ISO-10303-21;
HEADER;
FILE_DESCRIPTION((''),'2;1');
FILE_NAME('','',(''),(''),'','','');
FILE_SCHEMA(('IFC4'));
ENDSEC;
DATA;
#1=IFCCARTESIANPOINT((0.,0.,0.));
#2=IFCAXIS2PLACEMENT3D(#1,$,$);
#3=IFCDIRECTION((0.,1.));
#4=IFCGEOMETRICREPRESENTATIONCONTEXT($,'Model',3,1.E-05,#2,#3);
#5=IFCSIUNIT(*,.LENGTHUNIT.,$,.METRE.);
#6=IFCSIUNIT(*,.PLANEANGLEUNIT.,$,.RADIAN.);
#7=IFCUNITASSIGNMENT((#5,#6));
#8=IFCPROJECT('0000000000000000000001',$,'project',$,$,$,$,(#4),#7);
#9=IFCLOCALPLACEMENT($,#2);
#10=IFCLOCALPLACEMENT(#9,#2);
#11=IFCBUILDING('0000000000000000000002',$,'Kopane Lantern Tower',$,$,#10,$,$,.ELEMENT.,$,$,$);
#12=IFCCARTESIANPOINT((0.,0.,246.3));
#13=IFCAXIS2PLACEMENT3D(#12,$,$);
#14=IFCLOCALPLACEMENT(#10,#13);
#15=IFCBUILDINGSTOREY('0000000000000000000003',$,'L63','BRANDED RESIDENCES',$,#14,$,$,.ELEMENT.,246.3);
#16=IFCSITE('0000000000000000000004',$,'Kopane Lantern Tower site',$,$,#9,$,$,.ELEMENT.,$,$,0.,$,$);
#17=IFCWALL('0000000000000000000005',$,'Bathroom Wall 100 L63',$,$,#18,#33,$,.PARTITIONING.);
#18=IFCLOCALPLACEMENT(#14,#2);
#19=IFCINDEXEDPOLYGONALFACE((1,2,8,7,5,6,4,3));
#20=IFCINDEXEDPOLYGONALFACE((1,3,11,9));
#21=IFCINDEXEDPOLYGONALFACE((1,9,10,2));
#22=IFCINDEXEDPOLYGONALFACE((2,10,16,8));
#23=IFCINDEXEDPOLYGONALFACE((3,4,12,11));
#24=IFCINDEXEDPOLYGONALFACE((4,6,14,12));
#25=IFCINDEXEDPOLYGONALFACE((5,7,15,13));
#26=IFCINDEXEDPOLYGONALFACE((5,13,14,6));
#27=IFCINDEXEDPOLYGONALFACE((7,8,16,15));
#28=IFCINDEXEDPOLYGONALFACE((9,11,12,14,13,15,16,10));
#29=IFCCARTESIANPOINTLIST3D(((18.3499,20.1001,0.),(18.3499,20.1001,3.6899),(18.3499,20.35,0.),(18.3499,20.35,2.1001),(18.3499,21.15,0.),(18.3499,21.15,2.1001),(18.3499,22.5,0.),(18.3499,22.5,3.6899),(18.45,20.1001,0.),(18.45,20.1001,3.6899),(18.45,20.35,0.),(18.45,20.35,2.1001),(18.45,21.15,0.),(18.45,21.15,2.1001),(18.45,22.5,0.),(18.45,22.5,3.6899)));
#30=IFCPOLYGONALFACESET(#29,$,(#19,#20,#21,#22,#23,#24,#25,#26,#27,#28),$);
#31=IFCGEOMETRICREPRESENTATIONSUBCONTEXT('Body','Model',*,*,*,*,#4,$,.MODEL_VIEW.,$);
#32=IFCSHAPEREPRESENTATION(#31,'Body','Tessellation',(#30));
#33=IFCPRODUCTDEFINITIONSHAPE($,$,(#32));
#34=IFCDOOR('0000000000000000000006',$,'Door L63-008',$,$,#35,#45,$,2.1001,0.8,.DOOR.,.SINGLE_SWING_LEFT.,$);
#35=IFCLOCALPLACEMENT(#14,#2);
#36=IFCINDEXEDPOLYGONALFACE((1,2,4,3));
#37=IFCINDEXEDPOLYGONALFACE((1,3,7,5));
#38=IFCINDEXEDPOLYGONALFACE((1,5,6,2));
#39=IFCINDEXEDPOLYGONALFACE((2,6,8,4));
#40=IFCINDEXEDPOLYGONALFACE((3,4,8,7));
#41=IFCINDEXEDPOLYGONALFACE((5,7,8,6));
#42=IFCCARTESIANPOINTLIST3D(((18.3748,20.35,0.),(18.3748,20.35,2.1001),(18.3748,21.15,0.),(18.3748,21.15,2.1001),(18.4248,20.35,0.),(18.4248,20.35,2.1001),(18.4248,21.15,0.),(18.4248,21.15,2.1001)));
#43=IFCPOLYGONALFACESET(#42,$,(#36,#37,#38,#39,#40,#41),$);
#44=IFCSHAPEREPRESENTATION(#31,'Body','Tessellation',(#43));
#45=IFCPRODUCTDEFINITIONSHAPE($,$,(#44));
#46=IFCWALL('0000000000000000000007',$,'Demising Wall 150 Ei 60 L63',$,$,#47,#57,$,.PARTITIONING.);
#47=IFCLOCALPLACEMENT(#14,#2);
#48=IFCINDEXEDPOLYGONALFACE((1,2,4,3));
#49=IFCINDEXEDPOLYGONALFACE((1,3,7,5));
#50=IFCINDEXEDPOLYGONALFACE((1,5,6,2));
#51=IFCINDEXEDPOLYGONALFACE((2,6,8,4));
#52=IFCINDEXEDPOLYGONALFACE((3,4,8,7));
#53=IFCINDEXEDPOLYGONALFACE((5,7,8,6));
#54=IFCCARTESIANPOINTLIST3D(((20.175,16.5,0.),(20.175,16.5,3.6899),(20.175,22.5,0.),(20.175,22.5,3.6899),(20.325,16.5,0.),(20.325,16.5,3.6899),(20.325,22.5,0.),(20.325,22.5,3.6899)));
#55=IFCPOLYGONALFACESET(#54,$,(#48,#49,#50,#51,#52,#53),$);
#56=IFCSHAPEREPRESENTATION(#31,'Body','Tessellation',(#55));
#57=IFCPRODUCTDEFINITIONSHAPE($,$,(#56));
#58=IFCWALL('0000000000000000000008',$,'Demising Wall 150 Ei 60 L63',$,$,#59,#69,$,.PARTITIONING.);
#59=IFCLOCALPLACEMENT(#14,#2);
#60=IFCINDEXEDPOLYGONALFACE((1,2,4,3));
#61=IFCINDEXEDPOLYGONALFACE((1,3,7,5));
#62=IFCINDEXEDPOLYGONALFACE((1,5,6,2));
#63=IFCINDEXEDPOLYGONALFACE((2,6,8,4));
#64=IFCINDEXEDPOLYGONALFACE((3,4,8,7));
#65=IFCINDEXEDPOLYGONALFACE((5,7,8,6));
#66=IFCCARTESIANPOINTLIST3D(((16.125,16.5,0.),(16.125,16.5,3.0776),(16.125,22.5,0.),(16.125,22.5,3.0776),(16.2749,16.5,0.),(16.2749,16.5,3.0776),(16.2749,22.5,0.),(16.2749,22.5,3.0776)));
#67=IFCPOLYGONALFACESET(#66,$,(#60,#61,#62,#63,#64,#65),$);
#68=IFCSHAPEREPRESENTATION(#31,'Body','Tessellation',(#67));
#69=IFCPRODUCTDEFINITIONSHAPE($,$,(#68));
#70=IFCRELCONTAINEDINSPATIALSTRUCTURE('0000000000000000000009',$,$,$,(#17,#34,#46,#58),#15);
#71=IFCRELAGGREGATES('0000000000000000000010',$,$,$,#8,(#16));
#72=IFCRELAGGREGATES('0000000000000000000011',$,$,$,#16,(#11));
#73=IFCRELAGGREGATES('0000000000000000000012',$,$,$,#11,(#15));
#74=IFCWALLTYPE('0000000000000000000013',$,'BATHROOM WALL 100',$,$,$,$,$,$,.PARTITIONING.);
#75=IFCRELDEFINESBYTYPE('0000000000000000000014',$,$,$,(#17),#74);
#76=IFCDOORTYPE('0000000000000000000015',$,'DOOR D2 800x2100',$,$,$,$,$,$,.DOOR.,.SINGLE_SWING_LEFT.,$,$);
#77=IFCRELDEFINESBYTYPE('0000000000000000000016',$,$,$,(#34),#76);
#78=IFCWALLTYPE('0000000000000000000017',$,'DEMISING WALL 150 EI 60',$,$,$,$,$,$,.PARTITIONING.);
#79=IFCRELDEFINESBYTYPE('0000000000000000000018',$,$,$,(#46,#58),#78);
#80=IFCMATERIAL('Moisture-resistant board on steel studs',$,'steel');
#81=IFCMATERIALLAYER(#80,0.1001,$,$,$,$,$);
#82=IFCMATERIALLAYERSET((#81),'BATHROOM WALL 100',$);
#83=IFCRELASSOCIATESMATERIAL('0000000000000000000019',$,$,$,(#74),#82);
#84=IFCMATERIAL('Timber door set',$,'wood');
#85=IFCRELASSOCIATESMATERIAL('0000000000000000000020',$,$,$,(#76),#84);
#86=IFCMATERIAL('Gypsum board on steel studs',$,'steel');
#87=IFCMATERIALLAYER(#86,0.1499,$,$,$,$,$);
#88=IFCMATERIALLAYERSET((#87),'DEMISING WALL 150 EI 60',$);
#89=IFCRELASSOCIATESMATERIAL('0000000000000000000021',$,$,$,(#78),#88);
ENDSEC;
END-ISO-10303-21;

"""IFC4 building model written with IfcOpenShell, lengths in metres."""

from ifc_helpers import new_model, si_unit, direction, frame, frame_2d, origin, place, context, subcontext, project, spatial, rectangle, extrude, material, layer, layer_set, type_object, element, fill, save


model = new_model("IFC4")

# Units and contexts
model_context = context("Model", 3, precision=1e-05, world=origin(), true_north=direction((0.0, 1.0)))
body_context = subcontext(model_context, "Body", "Model", "MODEL_VIEW")
ifc_project = project(units=[si_unit("LENGTHUNIT", "METRE"), si_unit("PLANEANGLEUNIT", "RADIAN")], contexts=[model_context])

# Site, building, storey
site_placement = place(None, origin())
site = spatial("IfcSite", under=ifc_project, at=site_placement, Name="Kopane Lantern Tower site", CompositionType="ELEMENT", RefElevation=0.0)
building_placement = place(site_placement, origin())
building = spatial("IfcBuilding", under=site, at=building_placement, Name="Kopane Lantern Tower", CompositionType="ELEMENT")
storey_placement = place(building_placement, frame((0.0, 0.0, 246.3)))
storey = spatial("IfcBuildingStorey", under=building, at=storey_placement, Name="L63", Description="BRANDED RESIDENCES", CompositionType="ELEMENT", Elevation=246.3)

# Shared definitions
ifc_material_1 = material(Name="Moisture-resistant board on steel studs", Category="steel")
ifc_layer_1 = layer(ifc_material_1, 0.1001)
ifc_layer_set_1 = layer_set([ifc_layer_1], Name="BATHROOM WALL 100")
wall_type_1 = type_object("IfcWallType", Name="BATHROOM WALL 100", PredefinedType="PARTITIONING", material=ifc_layer_set_1)

# Wall, opening, door
wall_1_placement = place(storey_placement, frame((18.3999, 22.5, 0.0), z_axis=(0.0, 0.0, 1.0), x_axis=(0.0, -1.0, 0.0)))
wall_1 = element("IfcWall", 1, at=wall_1_placement, inside=storey, type_object=wall_type_1, Name="Bathroom Wall 100 L63", PredefinedType="PARTITIONING", context=body_context, shape_type="SweptSolid", body=[
    extrude(rectangle(XDim=2.3999, YDim=0.1001, at=frame_2d((1.2, 0.0))), origin(), (0.0, 0.0, 1.0), 3.6899),
])
opening_1_placement = place(wall_1_placement, frame((1.3501, 0.0, 0.0)))
opening_1 = element("IfcOpeningElement", 2, at=opening_1_placement, cuts=wall_1, PredefinedType="OPENING", context=body_context, shape_type="SweptSolid", body=[
    extrude(rectangle(XDim=0.8, YDim=2.1001, at=frame_2d((0.3999, 1.05))), frame((0.0, 0.0601, 0.0), z_axis=(0.0, -1.0, 0.0), x_axis=(1.0, 0.0, 0.0)), (0.0, 0.0, 1.0), 0.1201),
])
ifc_material_2 = material(Name="Timber door set", Category="wood")
door_type_1 = type_object("IfcDoorType", Name="DOOR D2 800x2100", OperationType="SINGLE_SWING_LEFT", PredefinedType="DOOR", material=ifc_material_2)
door_1_placement = place(opening_1_placement, origin())
door_1 = element("IfcDoor", 3, at=door_1_placement, inside=storey, type_object=door_type_1, Name="Door L63-008", OperationType="SINGLE_SWING_LEFT", OverallHeight=2.1001, OverallWidth=0.8, PredefinedType="DOOR", context=body_context, shape_type="SweptSolid", body=[
    extrude(rectangle(XDim=0.8, YDim=2.1001, at=frame_2d((0.3999, 1.05))), frame((0.0, 0.0249, 0.0), z_axis=(0.0, -1.0, 0.0), x_axis=(1.0, 0.0, 0.0)), (0.0, 0.0, 1.0), 0.05),
])
fill(opening_1, door_1)

# Walls
ifc_material_3 = material(Name="Gypsum board on steel studs", Category="steel")
ifc_layer_2 = layer(ifc_material_3, 0.1499)
ifc_layer_set_2 = layer_set([ifc_layer_2], Name="DEMISING WALL 150 EI 60")
wall_type_2 = type_object("IfcWallType", Name="DEMISING WALL 150 EI 60", PredefinedType="PARTITIONING", material=ifc_layer_set_2)
wall_2_placement = place(storey_placement, frame((20.25, 22.5, 0.0), z_axis=(0.0, 0.0, 1.0), x_axis=(0.0, -1.0, 0.0)))
element("IfcWall", 4, at=wall_2_placement, inside=storey, type_object=wall_type_2, Name="Demising Wall 150 Ei 60 L63", PredefinedType="PARTITIONING", context=body_context, shape_type="SweptSolid", body=[
    extrude(rectangle(XDim=6.0, YDim=0.1499, at=frame_2d((3.0, 0.0))), origin(), (0.0, 0.0, 1.0), 3.6899),
])
wall_3_placement = place(storey_placement, frame((16.2, 22.5, 0.0), z_axis=(0.0, 0.0, 1.0), x_axis=(0.0, -1.0, 0.0)))
element("IfcWall", 5, at=wall_3_placement, inside=storey, type_object=wall_type_2, Name="Demising Wall 150 Ei 60 L63", PredefinedType="PARTITIONING", context=body_context, shape_type="SweptSolid", body=[
    extrude(rectangle(XDim=6.0, YDim=0.1499, at=frame_2d((3.0, 0.0))), origin(), (0.0, 0.0, 1.0), 3.0776),
])

save(model, "model.ifc")
